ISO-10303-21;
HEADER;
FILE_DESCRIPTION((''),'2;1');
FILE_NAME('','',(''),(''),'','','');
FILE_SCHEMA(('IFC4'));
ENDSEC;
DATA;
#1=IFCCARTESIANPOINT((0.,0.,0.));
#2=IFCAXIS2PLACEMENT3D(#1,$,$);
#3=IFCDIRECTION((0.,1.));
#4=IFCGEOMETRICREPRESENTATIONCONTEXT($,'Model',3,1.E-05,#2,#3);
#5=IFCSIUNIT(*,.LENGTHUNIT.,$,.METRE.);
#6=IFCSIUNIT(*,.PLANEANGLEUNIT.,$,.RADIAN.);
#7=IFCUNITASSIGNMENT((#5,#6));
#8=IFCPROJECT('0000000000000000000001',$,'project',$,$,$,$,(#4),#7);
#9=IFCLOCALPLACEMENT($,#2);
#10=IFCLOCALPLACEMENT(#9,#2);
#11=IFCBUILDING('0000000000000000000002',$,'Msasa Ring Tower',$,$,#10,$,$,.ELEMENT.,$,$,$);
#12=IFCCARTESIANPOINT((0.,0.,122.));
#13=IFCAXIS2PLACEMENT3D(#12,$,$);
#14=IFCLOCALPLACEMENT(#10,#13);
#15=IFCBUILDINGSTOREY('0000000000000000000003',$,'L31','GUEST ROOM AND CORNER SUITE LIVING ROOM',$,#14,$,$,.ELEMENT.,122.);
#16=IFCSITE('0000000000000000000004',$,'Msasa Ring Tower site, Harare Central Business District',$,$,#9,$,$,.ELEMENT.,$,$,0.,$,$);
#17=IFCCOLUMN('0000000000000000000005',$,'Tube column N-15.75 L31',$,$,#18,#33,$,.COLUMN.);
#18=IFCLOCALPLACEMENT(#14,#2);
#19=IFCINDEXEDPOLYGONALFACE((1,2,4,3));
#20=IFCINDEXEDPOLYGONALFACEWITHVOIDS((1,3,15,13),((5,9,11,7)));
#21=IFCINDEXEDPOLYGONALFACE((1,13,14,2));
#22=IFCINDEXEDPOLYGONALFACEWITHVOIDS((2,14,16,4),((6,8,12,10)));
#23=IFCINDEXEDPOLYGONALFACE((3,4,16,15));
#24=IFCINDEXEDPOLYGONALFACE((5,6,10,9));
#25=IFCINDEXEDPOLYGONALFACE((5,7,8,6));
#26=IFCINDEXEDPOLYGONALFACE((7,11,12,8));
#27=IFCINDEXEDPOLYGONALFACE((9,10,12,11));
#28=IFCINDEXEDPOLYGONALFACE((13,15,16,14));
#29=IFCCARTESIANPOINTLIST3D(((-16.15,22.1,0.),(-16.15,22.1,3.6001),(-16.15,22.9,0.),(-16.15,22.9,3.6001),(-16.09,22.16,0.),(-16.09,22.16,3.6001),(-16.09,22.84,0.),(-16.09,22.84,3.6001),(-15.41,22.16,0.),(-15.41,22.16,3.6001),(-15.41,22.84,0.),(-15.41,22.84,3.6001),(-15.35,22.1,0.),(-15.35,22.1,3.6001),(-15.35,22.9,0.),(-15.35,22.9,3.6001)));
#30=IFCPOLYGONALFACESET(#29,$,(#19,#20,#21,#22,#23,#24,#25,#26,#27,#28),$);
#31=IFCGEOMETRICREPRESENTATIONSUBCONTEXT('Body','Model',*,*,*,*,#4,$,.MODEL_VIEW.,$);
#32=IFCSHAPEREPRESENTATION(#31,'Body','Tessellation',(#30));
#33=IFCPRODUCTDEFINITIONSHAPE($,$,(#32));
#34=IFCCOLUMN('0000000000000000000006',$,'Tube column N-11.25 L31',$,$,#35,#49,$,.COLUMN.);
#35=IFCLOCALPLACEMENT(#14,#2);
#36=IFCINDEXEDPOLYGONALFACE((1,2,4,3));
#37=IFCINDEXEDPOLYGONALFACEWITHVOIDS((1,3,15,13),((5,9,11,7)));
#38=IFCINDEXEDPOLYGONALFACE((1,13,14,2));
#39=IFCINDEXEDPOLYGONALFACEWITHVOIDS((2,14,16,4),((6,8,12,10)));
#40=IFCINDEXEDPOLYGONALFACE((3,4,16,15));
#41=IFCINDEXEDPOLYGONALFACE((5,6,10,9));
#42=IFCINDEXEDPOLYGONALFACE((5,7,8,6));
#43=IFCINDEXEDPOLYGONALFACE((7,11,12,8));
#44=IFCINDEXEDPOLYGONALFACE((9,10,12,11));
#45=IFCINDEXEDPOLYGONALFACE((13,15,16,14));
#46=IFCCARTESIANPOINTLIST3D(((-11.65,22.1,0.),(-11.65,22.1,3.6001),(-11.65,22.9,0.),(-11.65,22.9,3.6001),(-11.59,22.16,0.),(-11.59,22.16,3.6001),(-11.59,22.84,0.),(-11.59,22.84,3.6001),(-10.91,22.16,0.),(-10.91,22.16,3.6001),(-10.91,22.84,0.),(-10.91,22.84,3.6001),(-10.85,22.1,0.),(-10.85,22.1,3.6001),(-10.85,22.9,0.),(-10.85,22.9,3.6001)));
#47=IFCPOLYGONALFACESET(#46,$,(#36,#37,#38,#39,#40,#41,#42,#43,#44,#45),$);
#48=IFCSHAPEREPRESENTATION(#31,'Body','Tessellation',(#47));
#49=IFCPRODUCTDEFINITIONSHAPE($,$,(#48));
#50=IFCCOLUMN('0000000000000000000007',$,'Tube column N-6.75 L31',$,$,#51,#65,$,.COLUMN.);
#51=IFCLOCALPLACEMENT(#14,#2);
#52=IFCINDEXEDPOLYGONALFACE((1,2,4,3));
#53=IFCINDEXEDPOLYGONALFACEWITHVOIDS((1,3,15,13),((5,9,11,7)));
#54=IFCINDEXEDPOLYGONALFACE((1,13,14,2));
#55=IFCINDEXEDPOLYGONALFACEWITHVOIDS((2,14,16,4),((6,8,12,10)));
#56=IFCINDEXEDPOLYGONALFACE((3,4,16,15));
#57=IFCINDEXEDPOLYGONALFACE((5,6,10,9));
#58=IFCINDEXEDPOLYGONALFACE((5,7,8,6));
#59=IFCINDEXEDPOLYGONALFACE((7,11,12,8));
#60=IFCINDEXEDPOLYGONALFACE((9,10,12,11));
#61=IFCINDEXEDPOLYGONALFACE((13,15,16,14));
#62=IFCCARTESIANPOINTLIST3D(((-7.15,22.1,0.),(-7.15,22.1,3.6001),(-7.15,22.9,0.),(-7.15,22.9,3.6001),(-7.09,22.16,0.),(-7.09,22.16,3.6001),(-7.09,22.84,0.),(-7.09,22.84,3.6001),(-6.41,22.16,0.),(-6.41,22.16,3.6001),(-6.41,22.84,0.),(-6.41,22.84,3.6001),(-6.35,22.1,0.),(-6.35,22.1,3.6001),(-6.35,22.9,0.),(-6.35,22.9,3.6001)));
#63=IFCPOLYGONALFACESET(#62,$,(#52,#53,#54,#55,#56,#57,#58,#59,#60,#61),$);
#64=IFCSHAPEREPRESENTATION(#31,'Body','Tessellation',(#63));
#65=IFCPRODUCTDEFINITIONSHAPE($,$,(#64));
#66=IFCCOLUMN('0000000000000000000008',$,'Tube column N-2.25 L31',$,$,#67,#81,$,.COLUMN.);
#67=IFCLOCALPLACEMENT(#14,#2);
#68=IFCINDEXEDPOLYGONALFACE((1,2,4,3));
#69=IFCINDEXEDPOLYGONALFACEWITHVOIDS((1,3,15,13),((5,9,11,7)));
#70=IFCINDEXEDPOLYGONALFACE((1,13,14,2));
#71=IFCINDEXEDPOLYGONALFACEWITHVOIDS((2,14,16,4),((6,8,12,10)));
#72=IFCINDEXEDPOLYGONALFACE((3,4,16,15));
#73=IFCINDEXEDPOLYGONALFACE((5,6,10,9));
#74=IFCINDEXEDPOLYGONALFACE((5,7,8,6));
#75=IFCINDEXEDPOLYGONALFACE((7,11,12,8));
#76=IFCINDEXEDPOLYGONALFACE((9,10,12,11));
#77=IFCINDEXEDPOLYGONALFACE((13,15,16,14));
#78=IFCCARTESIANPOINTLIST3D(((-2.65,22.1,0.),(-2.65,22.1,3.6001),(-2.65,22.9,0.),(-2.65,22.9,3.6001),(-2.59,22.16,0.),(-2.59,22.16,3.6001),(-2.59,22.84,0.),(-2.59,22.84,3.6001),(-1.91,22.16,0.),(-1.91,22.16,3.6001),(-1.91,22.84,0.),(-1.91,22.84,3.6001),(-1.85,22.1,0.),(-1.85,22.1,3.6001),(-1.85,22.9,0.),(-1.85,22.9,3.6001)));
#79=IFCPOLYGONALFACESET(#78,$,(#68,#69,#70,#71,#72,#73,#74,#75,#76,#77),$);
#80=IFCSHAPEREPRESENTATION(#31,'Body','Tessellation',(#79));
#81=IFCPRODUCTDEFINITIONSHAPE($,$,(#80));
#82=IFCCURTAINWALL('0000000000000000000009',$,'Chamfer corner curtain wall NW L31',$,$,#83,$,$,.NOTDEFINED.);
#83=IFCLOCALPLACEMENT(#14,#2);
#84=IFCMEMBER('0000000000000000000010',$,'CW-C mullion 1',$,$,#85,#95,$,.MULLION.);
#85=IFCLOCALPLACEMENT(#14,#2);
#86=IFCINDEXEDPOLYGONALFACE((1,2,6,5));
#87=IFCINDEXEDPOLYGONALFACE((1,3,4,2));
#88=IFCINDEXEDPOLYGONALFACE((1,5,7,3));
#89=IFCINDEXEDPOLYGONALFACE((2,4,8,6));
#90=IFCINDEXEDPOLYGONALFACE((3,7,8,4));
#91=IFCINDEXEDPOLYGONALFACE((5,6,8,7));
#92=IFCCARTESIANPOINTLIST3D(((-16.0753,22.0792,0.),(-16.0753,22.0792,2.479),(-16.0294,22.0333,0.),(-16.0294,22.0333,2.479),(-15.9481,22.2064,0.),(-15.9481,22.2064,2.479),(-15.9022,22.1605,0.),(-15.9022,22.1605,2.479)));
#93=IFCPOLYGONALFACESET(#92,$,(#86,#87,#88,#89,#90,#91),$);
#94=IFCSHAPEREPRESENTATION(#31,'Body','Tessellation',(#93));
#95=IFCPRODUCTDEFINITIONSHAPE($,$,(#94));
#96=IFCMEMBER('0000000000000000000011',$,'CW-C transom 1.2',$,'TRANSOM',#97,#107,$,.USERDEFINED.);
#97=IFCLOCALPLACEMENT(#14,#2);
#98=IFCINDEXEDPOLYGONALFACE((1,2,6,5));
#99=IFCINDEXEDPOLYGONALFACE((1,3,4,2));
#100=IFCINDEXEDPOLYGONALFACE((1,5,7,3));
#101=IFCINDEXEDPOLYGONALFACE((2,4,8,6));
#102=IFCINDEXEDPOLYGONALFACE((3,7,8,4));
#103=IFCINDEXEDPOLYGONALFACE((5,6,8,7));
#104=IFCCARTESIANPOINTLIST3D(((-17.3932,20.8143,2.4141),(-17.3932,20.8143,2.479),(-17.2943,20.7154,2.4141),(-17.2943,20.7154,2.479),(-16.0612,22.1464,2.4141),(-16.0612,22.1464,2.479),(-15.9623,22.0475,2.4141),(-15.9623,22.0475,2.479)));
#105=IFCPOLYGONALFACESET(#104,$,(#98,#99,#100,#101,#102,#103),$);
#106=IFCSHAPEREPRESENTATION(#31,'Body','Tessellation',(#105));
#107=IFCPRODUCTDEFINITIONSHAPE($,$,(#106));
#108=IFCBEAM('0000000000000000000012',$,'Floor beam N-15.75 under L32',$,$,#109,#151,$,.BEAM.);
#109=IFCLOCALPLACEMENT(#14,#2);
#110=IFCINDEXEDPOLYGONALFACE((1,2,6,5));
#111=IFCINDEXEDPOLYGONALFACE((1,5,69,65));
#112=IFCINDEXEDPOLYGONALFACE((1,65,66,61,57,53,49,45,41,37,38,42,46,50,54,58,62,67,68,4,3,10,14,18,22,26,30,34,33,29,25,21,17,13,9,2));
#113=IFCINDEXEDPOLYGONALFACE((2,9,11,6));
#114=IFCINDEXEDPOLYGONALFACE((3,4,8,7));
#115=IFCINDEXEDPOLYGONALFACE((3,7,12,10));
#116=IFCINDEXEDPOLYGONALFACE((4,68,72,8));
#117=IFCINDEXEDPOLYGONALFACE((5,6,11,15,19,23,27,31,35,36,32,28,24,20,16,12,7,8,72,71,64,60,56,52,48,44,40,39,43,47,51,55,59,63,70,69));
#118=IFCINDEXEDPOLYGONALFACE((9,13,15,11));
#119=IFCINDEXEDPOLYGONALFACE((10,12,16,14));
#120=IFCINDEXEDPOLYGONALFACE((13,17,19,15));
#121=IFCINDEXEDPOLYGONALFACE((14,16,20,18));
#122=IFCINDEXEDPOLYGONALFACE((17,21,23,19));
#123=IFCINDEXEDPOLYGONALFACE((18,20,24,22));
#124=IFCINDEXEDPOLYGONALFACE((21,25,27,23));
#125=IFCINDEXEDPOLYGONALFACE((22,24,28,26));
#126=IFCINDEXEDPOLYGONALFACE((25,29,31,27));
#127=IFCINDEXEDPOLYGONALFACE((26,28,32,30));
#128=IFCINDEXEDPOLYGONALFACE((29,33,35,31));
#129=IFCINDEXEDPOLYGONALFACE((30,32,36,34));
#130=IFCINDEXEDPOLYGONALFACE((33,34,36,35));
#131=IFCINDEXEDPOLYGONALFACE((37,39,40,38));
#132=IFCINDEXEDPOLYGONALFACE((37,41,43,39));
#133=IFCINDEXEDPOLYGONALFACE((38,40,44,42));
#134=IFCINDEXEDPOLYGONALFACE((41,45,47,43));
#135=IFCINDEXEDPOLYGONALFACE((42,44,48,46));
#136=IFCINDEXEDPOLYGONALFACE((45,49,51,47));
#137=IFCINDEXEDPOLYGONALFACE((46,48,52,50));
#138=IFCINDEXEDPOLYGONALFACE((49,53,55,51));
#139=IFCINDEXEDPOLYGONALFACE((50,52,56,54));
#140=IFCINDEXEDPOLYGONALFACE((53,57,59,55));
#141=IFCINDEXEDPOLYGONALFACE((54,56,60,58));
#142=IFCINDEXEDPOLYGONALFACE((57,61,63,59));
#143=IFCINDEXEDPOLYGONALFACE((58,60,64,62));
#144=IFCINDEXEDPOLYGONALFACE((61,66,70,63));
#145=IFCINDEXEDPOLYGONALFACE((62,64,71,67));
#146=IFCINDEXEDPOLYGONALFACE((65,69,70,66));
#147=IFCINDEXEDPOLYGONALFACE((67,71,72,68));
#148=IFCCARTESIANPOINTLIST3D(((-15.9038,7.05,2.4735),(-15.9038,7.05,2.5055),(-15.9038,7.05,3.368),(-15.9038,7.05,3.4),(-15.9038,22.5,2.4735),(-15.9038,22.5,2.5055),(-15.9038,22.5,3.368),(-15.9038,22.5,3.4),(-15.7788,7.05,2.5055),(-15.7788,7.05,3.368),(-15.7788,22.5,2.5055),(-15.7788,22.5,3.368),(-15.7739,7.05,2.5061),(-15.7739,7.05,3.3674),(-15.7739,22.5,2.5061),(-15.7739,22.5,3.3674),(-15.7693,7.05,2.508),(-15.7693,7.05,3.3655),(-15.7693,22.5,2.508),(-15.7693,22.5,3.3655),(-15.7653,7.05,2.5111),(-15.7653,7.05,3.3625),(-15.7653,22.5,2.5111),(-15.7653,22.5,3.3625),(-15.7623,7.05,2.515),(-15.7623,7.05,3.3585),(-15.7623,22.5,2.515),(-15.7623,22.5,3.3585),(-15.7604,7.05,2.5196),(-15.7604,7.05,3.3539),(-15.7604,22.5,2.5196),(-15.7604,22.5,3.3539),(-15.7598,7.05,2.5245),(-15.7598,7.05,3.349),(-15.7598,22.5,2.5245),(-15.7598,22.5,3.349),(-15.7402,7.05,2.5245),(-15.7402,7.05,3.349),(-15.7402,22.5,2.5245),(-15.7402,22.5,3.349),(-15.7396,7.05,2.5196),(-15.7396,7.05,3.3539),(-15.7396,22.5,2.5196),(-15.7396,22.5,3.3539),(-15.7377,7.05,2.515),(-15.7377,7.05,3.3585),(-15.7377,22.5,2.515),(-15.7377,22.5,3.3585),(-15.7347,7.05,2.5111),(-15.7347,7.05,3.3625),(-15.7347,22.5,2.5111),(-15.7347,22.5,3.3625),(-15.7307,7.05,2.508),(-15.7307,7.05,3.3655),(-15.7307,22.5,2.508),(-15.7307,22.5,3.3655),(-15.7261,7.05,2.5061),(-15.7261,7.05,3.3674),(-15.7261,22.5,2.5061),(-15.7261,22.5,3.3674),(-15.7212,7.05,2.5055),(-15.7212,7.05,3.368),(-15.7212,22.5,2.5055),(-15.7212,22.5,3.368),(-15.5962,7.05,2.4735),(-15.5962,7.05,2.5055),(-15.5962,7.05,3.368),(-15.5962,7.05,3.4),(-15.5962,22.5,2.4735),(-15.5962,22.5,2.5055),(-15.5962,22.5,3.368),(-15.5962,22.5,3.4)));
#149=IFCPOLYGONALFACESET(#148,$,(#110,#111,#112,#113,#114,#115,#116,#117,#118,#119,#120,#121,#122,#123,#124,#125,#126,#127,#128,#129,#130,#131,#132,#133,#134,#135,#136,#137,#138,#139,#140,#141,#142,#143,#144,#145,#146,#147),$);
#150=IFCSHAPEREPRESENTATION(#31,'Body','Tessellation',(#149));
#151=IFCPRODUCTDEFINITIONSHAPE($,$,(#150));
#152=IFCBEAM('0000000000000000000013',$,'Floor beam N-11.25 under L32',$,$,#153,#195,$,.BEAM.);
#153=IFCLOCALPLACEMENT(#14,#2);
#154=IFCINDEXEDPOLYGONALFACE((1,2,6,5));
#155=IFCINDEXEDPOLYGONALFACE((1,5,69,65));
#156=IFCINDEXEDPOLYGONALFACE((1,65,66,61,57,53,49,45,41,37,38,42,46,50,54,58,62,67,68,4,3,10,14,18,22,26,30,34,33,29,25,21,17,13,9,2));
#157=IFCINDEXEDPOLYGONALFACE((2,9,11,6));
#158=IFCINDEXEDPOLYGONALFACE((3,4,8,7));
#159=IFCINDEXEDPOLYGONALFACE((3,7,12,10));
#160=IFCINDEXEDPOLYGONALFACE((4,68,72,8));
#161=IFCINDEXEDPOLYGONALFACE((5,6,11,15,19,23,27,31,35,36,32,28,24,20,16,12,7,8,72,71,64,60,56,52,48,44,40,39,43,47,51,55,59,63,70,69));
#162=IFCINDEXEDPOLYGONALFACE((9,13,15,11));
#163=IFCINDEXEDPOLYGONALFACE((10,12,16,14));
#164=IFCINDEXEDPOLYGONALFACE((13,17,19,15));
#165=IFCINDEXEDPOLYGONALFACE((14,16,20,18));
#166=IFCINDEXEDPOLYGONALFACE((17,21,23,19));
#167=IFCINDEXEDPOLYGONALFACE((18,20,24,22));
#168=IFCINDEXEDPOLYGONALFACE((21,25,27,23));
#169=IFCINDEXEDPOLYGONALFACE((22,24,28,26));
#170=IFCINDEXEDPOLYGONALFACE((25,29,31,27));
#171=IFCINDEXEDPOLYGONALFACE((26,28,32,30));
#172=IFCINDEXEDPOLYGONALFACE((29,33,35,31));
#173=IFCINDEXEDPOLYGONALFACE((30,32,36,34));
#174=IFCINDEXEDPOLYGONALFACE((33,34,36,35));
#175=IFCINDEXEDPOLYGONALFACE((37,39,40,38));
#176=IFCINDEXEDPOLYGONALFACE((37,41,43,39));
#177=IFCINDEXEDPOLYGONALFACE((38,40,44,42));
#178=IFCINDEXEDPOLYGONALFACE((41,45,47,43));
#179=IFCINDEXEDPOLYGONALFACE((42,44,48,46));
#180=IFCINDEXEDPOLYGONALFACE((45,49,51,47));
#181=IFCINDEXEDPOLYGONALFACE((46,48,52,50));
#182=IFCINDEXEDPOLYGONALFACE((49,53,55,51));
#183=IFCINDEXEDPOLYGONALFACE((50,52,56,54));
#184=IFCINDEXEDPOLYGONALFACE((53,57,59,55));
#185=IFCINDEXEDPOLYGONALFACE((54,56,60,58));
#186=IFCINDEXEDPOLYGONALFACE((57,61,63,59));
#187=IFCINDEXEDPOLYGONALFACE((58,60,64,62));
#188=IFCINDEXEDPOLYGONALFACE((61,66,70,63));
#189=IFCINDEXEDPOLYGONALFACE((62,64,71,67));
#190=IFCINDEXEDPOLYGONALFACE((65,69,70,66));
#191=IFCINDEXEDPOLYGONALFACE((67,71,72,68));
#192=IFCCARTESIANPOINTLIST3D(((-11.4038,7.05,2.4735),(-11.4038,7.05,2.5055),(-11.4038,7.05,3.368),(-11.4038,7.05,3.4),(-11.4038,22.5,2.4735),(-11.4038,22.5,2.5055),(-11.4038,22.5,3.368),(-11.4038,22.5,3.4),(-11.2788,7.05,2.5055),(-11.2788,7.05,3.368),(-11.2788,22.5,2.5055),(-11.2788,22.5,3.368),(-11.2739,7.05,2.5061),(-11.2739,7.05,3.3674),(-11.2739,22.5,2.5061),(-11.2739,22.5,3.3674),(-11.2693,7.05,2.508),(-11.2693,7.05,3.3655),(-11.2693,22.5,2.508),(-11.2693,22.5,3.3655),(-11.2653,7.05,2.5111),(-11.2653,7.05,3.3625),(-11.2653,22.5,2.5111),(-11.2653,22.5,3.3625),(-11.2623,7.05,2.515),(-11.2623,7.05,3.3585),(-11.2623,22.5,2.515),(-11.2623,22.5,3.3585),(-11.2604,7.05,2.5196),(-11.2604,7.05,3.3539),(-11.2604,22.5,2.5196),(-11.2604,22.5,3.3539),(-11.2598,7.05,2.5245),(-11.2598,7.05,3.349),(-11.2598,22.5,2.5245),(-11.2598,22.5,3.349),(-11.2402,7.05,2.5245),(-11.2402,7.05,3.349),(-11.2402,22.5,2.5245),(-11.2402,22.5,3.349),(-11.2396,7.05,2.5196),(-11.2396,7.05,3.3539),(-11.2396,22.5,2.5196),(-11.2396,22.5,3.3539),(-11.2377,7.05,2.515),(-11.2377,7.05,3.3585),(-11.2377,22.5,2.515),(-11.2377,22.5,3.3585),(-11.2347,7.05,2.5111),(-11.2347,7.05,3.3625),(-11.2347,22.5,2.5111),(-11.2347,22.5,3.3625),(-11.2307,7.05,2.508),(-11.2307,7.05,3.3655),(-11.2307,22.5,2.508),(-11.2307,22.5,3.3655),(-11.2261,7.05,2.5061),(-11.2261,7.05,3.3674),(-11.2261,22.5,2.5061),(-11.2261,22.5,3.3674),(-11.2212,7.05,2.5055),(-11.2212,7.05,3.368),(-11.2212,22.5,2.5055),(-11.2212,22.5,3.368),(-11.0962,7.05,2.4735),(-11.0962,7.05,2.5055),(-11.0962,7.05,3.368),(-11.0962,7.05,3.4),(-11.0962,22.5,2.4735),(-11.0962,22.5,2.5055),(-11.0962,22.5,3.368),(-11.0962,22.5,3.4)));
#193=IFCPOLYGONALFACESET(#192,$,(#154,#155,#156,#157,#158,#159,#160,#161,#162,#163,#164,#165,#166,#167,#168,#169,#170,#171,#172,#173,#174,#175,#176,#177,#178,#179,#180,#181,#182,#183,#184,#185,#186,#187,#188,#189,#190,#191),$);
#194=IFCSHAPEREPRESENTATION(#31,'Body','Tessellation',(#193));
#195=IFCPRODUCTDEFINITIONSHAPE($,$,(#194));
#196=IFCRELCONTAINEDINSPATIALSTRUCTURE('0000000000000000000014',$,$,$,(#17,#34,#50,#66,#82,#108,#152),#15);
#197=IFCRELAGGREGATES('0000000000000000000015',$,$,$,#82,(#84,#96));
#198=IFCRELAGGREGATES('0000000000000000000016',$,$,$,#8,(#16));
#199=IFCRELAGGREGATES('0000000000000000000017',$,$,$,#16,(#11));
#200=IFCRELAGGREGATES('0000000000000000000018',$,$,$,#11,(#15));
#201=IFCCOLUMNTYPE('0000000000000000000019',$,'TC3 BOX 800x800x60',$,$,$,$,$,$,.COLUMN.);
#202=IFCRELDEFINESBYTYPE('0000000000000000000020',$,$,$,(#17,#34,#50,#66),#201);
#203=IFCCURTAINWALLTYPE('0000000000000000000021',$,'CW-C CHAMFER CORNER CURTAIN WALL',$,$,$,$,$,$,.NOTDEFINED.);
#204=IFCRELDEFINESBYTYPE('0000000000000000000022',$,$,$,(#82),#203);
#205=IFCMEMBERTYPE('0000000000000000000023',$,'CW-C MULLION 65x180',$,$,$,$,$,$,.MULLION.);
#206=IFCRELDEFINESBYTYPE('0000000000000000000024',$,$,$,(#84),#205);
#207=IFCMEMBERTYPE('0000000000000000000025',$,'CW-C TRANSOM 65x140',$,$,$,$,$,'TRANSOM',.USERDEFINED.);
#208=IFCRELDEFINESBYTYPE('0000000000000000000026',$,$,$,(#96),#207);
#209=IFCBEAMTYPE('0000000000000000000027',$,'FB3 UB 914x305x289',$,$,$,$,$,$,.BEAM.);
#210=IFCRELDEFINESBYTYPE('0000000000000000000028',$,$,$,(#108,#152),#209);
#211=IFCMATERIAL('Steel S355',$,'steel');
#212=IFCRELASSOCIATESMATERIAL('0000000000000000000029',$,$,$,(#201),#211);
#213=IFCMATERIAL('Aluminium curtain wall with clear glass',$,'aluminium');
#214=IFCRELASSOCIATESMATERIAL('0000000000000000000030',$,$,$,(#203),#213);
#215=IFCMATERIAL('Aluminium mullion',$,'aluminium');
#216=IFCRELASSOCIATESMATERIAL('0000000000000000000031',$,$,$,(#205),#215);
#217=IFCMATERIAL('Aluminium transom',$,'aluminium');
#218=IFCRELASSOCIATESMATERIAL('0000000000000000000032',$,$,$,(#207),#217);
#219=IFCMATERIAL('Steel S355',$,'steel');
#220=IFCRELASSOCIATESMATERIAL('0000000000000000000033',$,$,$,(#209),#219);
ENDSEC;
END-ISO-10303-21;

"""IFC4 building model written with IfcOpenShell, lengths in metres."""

from ifc_helpers import new_model, si_unit, direction, frame, origin, origin_2d, place, context, subcontext, project, spatial, rectangle, hollow_rectangle, i_section, extrude, material, material_profile, profile_set, type_object, element, aggregate, save


model = new_model("IFC4")

# Units and contexts
model_context = context("Model", 3, precision=1e-05, world=origin(), true_north=direction((0.0, 1.0)))
body_context = subcontext(model_context, "Body", "Model", "MODEL_VIEW")
ifc_project = project(units=[si_unit("LENGTHUNIT", "METRE"), si_unit("PLANEANGLEUNIT", "RADIAN")], contexts=[model_context])

# Site, building, storey
site_placement = place(None, origin())
site = spatial("IfcSite", under=ifc_project, at=site_placement, Name="Msasa Ring Tower site, Harare Central Business District", CompositionType="ELEMENT", RefElevation=0.0)
building_placement = place(site_placement, origin())
building = spatial("IfcBuilding", under=site, at=building_placement, Name="Msasa Ring Tower", CompositionType="ELEMENT")
storey_placement = place(building_placement, frame((0.0, 0.0, 122.0)))
storey = spatial("IfcBuildingStorey", under=building, at=storey_placement, Name="L31", Description="GUEST ROOM AND CORNER SUITE LIVING ROOM", CompositionType="ELEMENT", Elevation=122.0)

# Columns
ifc_material_1 = material(Name="Steel S355", Category="steel")
ifc_material_profile_1 = material_profile(ifc_material_1, hollow_rectangle(XDim=0.8, YDim=0.8, WallThickness=0.0601, at=origin_2d()), Name="BOX 800x800x60")
ifc_profile_set_1 = profile_set([ifc_material_profile_1], Name="Steel S355")
column_type = type_object("IfcColumnType", Name="TC3 BOX 800x800x60", PredefinedType="COLUMN", material=ifc_profile_set_1)
for number, where, z_axis, x_axis, name in (
    (1, (-15.75, 22.5, 0.0), (0.0, 0.0, 1.0), (0.0, 1.0, 0.0), "Tube column N-15.75 L31"),
    (2, (-11.25, 22.5, 0.0), (0.0, 0.0, 1.0), (0.0, 1.0, 0.0), "Tube column N-11.25 L31"),
    (3, (-6.75, 22.5, 0.0), (0.0, 0.0, 1.0), (0.0, 1.0, 0.0), "Tube column N-6.75 L31"),
    (4, (-2.25, 22.5, 0.0), (0.0, 0.0, 1.0), (0.0, 1.0, 0.0), "Tube column N-2.25 L31"),
):
    element("IfcColumn", number, at=place(storey_placement, frame(where, z_axis=z_axis, x_axis=x_axis)), inside=storey, type_object=column_type, Name=name, PredefinedType="COLUMN", context=body_context, shape_type="SweptSolid", body=[
        extrude(hollow_rectangle(XDim=0.8, YDim=0.8, WallThickness=0.0601, at=origin_2d()), origin(), (0.0, 0.0, 1.0), 3.6001),
    ])

# Curtain wall, members
ifc_material_2 = material(Name="Aluminium curtain wall with clear glass", Category="aluminium")
curtain_wall_type = type_object("IfcCurtainWallType", Name="CW-C CHAMFER CORNER CURTAIN WALL", PredefinedType="NOTDEFINED", material=ifc_material_2)
curtain_wall_placement = place(storey_placement, origin())
curtain_wall = element("IfcCurtainWall", 5, at=curtain_wall_placement, inside=storey, type_object=curtain_wall_type, Name="Chamfer corner curtain wall NW L31", PredefinedType="NOTDEFINED")
ifc_material_3 = material(Name="Aluminium mullion", Category="aluminium")
ifc_material_profile_2 = material_profile(ifc_material_3, rectangle(XDim=0.0649, YDim=0.1799, at=origin_2d()), Name="AL 65x180")
ifc_profile_set_2 = profile_set([ifc_material_profile_2], Name="Aluminium mullion")
member_type_1 = type_object("IfcMemberType", Name="CW-C MULLION 65x180", PredefinedType="MULLION", material=ifc_profile_set_2)
member_1_placement = place(storey_placement, frame((-15.9888, 22.1199, 0.0), z_axis=(0.0, 0.0, 1.0), x_axis=(0.707107, -0.707107, 0.0)))
member_1 = element("IfcMember", 6, at=member_1_placement, type_object=member_type_1, Name="CW-C mullion 1", PredefinedType="MULLION", context=body_context, shape_type="SweptSolid", body=[
    extrude(rectangle(XDim=0.0649, YDim=0.1799, at=origin_2d()), origin(), (0.0, 0.0, 1.0), 2.479),
])
ifc_material_4 = material(Name="Aluminium transom", Category="aluminium")
ifc_material_profile_3 = material_profile(ifc_material_4, rectangle(XDim=0.1399, YDim=0.0649, at=origin_2d()), Name="AL 65x140")
ifc_profile_set_3 = profile_set([ifc_material_profile_3], Name="Aluminium transom")
member_type_2 = type_object("IfcMemberType", Name="CW-C TRANSOM 65x140", ElementType="TRANSOM", PredefinedType="USERDEFINED", material=ifc_profile_set_3)
member_2_placement = place(storey_placement, frame((-16.0117, 22.0969, 2.4465), z_axis=(-0.707107, -0.707107, 0.0), x_axis=(0.707107, -0.707107, 0.0)))
member_2 = element("IfcMember", 7, at=member_2_placement, type_object=member_type_2, Name="CW-C transom 1.2", ObjectType="TRANSOM", PredefinedType="USERDEFINED", context=body_context, shape_type="SweptSolid", body=[
    extrude(rectangle(XDim=0.1399, YDim=0.0649, at=origin_2d()), origin(), (0.0, 0.0, 1.0), 1.8838),
])
aggregate(curtain_wall, [member_1, member_2])

# Beams
ifc_material_5 = material(Name="Steel S355", Category="steel")
ifc_material_profile_4 = material_profile(ifc_material_5, i_section(OverallWidth=0.3076, OverallDepth=0.9265, WebThickness=0.0195, FlangeThickness=0.032, FilletRadius=0.019, at=origin_2d()), Name="UB 914x305x289")
ifc_profile_set_4 = profile_set([ifc_material_profile_4], Name="Steel S355")
beam_type_1 = type_object("IfcBeamType", Name="FB3 UB 914x305x289", PredefinedType="BEAM", material=ifc_profile_set_4)
for number, where, z_axis, x_axis, name in (
    (8, (-15.75, 22.5, 2.9368), (0.0, -1.0, 0.0), (1.0, 0.0, 0.0), "Floor beam N-15.75 under L32"),
    (9, (-11.25, 22.5, 2.9368), (0.0, -1.0, 0.0), (1.0, 0.0, 0.0), "Floor beam N-11.25 under L32"),
):
    element("IfcBeam", number, at=place(storey_placement, frame(where, z_axis=z_axis, x_axis=x_axis)), inside=storey, type_object=beam_type_1, Name=name, PredefinedType="BEAM", context=body_context, shape_type="SweptSolid", body=[
        extrude(i_section(OverallWidth=0.3076, OverallDepth=0.9265, WebThickness=0.0195, FlangeThickness=0.032, FilletRadius=0.019, at=origin_2d()), origin(), (0.0, 0.0, 1.0), 15.45),
    ])

save(model, "model.ifc")
